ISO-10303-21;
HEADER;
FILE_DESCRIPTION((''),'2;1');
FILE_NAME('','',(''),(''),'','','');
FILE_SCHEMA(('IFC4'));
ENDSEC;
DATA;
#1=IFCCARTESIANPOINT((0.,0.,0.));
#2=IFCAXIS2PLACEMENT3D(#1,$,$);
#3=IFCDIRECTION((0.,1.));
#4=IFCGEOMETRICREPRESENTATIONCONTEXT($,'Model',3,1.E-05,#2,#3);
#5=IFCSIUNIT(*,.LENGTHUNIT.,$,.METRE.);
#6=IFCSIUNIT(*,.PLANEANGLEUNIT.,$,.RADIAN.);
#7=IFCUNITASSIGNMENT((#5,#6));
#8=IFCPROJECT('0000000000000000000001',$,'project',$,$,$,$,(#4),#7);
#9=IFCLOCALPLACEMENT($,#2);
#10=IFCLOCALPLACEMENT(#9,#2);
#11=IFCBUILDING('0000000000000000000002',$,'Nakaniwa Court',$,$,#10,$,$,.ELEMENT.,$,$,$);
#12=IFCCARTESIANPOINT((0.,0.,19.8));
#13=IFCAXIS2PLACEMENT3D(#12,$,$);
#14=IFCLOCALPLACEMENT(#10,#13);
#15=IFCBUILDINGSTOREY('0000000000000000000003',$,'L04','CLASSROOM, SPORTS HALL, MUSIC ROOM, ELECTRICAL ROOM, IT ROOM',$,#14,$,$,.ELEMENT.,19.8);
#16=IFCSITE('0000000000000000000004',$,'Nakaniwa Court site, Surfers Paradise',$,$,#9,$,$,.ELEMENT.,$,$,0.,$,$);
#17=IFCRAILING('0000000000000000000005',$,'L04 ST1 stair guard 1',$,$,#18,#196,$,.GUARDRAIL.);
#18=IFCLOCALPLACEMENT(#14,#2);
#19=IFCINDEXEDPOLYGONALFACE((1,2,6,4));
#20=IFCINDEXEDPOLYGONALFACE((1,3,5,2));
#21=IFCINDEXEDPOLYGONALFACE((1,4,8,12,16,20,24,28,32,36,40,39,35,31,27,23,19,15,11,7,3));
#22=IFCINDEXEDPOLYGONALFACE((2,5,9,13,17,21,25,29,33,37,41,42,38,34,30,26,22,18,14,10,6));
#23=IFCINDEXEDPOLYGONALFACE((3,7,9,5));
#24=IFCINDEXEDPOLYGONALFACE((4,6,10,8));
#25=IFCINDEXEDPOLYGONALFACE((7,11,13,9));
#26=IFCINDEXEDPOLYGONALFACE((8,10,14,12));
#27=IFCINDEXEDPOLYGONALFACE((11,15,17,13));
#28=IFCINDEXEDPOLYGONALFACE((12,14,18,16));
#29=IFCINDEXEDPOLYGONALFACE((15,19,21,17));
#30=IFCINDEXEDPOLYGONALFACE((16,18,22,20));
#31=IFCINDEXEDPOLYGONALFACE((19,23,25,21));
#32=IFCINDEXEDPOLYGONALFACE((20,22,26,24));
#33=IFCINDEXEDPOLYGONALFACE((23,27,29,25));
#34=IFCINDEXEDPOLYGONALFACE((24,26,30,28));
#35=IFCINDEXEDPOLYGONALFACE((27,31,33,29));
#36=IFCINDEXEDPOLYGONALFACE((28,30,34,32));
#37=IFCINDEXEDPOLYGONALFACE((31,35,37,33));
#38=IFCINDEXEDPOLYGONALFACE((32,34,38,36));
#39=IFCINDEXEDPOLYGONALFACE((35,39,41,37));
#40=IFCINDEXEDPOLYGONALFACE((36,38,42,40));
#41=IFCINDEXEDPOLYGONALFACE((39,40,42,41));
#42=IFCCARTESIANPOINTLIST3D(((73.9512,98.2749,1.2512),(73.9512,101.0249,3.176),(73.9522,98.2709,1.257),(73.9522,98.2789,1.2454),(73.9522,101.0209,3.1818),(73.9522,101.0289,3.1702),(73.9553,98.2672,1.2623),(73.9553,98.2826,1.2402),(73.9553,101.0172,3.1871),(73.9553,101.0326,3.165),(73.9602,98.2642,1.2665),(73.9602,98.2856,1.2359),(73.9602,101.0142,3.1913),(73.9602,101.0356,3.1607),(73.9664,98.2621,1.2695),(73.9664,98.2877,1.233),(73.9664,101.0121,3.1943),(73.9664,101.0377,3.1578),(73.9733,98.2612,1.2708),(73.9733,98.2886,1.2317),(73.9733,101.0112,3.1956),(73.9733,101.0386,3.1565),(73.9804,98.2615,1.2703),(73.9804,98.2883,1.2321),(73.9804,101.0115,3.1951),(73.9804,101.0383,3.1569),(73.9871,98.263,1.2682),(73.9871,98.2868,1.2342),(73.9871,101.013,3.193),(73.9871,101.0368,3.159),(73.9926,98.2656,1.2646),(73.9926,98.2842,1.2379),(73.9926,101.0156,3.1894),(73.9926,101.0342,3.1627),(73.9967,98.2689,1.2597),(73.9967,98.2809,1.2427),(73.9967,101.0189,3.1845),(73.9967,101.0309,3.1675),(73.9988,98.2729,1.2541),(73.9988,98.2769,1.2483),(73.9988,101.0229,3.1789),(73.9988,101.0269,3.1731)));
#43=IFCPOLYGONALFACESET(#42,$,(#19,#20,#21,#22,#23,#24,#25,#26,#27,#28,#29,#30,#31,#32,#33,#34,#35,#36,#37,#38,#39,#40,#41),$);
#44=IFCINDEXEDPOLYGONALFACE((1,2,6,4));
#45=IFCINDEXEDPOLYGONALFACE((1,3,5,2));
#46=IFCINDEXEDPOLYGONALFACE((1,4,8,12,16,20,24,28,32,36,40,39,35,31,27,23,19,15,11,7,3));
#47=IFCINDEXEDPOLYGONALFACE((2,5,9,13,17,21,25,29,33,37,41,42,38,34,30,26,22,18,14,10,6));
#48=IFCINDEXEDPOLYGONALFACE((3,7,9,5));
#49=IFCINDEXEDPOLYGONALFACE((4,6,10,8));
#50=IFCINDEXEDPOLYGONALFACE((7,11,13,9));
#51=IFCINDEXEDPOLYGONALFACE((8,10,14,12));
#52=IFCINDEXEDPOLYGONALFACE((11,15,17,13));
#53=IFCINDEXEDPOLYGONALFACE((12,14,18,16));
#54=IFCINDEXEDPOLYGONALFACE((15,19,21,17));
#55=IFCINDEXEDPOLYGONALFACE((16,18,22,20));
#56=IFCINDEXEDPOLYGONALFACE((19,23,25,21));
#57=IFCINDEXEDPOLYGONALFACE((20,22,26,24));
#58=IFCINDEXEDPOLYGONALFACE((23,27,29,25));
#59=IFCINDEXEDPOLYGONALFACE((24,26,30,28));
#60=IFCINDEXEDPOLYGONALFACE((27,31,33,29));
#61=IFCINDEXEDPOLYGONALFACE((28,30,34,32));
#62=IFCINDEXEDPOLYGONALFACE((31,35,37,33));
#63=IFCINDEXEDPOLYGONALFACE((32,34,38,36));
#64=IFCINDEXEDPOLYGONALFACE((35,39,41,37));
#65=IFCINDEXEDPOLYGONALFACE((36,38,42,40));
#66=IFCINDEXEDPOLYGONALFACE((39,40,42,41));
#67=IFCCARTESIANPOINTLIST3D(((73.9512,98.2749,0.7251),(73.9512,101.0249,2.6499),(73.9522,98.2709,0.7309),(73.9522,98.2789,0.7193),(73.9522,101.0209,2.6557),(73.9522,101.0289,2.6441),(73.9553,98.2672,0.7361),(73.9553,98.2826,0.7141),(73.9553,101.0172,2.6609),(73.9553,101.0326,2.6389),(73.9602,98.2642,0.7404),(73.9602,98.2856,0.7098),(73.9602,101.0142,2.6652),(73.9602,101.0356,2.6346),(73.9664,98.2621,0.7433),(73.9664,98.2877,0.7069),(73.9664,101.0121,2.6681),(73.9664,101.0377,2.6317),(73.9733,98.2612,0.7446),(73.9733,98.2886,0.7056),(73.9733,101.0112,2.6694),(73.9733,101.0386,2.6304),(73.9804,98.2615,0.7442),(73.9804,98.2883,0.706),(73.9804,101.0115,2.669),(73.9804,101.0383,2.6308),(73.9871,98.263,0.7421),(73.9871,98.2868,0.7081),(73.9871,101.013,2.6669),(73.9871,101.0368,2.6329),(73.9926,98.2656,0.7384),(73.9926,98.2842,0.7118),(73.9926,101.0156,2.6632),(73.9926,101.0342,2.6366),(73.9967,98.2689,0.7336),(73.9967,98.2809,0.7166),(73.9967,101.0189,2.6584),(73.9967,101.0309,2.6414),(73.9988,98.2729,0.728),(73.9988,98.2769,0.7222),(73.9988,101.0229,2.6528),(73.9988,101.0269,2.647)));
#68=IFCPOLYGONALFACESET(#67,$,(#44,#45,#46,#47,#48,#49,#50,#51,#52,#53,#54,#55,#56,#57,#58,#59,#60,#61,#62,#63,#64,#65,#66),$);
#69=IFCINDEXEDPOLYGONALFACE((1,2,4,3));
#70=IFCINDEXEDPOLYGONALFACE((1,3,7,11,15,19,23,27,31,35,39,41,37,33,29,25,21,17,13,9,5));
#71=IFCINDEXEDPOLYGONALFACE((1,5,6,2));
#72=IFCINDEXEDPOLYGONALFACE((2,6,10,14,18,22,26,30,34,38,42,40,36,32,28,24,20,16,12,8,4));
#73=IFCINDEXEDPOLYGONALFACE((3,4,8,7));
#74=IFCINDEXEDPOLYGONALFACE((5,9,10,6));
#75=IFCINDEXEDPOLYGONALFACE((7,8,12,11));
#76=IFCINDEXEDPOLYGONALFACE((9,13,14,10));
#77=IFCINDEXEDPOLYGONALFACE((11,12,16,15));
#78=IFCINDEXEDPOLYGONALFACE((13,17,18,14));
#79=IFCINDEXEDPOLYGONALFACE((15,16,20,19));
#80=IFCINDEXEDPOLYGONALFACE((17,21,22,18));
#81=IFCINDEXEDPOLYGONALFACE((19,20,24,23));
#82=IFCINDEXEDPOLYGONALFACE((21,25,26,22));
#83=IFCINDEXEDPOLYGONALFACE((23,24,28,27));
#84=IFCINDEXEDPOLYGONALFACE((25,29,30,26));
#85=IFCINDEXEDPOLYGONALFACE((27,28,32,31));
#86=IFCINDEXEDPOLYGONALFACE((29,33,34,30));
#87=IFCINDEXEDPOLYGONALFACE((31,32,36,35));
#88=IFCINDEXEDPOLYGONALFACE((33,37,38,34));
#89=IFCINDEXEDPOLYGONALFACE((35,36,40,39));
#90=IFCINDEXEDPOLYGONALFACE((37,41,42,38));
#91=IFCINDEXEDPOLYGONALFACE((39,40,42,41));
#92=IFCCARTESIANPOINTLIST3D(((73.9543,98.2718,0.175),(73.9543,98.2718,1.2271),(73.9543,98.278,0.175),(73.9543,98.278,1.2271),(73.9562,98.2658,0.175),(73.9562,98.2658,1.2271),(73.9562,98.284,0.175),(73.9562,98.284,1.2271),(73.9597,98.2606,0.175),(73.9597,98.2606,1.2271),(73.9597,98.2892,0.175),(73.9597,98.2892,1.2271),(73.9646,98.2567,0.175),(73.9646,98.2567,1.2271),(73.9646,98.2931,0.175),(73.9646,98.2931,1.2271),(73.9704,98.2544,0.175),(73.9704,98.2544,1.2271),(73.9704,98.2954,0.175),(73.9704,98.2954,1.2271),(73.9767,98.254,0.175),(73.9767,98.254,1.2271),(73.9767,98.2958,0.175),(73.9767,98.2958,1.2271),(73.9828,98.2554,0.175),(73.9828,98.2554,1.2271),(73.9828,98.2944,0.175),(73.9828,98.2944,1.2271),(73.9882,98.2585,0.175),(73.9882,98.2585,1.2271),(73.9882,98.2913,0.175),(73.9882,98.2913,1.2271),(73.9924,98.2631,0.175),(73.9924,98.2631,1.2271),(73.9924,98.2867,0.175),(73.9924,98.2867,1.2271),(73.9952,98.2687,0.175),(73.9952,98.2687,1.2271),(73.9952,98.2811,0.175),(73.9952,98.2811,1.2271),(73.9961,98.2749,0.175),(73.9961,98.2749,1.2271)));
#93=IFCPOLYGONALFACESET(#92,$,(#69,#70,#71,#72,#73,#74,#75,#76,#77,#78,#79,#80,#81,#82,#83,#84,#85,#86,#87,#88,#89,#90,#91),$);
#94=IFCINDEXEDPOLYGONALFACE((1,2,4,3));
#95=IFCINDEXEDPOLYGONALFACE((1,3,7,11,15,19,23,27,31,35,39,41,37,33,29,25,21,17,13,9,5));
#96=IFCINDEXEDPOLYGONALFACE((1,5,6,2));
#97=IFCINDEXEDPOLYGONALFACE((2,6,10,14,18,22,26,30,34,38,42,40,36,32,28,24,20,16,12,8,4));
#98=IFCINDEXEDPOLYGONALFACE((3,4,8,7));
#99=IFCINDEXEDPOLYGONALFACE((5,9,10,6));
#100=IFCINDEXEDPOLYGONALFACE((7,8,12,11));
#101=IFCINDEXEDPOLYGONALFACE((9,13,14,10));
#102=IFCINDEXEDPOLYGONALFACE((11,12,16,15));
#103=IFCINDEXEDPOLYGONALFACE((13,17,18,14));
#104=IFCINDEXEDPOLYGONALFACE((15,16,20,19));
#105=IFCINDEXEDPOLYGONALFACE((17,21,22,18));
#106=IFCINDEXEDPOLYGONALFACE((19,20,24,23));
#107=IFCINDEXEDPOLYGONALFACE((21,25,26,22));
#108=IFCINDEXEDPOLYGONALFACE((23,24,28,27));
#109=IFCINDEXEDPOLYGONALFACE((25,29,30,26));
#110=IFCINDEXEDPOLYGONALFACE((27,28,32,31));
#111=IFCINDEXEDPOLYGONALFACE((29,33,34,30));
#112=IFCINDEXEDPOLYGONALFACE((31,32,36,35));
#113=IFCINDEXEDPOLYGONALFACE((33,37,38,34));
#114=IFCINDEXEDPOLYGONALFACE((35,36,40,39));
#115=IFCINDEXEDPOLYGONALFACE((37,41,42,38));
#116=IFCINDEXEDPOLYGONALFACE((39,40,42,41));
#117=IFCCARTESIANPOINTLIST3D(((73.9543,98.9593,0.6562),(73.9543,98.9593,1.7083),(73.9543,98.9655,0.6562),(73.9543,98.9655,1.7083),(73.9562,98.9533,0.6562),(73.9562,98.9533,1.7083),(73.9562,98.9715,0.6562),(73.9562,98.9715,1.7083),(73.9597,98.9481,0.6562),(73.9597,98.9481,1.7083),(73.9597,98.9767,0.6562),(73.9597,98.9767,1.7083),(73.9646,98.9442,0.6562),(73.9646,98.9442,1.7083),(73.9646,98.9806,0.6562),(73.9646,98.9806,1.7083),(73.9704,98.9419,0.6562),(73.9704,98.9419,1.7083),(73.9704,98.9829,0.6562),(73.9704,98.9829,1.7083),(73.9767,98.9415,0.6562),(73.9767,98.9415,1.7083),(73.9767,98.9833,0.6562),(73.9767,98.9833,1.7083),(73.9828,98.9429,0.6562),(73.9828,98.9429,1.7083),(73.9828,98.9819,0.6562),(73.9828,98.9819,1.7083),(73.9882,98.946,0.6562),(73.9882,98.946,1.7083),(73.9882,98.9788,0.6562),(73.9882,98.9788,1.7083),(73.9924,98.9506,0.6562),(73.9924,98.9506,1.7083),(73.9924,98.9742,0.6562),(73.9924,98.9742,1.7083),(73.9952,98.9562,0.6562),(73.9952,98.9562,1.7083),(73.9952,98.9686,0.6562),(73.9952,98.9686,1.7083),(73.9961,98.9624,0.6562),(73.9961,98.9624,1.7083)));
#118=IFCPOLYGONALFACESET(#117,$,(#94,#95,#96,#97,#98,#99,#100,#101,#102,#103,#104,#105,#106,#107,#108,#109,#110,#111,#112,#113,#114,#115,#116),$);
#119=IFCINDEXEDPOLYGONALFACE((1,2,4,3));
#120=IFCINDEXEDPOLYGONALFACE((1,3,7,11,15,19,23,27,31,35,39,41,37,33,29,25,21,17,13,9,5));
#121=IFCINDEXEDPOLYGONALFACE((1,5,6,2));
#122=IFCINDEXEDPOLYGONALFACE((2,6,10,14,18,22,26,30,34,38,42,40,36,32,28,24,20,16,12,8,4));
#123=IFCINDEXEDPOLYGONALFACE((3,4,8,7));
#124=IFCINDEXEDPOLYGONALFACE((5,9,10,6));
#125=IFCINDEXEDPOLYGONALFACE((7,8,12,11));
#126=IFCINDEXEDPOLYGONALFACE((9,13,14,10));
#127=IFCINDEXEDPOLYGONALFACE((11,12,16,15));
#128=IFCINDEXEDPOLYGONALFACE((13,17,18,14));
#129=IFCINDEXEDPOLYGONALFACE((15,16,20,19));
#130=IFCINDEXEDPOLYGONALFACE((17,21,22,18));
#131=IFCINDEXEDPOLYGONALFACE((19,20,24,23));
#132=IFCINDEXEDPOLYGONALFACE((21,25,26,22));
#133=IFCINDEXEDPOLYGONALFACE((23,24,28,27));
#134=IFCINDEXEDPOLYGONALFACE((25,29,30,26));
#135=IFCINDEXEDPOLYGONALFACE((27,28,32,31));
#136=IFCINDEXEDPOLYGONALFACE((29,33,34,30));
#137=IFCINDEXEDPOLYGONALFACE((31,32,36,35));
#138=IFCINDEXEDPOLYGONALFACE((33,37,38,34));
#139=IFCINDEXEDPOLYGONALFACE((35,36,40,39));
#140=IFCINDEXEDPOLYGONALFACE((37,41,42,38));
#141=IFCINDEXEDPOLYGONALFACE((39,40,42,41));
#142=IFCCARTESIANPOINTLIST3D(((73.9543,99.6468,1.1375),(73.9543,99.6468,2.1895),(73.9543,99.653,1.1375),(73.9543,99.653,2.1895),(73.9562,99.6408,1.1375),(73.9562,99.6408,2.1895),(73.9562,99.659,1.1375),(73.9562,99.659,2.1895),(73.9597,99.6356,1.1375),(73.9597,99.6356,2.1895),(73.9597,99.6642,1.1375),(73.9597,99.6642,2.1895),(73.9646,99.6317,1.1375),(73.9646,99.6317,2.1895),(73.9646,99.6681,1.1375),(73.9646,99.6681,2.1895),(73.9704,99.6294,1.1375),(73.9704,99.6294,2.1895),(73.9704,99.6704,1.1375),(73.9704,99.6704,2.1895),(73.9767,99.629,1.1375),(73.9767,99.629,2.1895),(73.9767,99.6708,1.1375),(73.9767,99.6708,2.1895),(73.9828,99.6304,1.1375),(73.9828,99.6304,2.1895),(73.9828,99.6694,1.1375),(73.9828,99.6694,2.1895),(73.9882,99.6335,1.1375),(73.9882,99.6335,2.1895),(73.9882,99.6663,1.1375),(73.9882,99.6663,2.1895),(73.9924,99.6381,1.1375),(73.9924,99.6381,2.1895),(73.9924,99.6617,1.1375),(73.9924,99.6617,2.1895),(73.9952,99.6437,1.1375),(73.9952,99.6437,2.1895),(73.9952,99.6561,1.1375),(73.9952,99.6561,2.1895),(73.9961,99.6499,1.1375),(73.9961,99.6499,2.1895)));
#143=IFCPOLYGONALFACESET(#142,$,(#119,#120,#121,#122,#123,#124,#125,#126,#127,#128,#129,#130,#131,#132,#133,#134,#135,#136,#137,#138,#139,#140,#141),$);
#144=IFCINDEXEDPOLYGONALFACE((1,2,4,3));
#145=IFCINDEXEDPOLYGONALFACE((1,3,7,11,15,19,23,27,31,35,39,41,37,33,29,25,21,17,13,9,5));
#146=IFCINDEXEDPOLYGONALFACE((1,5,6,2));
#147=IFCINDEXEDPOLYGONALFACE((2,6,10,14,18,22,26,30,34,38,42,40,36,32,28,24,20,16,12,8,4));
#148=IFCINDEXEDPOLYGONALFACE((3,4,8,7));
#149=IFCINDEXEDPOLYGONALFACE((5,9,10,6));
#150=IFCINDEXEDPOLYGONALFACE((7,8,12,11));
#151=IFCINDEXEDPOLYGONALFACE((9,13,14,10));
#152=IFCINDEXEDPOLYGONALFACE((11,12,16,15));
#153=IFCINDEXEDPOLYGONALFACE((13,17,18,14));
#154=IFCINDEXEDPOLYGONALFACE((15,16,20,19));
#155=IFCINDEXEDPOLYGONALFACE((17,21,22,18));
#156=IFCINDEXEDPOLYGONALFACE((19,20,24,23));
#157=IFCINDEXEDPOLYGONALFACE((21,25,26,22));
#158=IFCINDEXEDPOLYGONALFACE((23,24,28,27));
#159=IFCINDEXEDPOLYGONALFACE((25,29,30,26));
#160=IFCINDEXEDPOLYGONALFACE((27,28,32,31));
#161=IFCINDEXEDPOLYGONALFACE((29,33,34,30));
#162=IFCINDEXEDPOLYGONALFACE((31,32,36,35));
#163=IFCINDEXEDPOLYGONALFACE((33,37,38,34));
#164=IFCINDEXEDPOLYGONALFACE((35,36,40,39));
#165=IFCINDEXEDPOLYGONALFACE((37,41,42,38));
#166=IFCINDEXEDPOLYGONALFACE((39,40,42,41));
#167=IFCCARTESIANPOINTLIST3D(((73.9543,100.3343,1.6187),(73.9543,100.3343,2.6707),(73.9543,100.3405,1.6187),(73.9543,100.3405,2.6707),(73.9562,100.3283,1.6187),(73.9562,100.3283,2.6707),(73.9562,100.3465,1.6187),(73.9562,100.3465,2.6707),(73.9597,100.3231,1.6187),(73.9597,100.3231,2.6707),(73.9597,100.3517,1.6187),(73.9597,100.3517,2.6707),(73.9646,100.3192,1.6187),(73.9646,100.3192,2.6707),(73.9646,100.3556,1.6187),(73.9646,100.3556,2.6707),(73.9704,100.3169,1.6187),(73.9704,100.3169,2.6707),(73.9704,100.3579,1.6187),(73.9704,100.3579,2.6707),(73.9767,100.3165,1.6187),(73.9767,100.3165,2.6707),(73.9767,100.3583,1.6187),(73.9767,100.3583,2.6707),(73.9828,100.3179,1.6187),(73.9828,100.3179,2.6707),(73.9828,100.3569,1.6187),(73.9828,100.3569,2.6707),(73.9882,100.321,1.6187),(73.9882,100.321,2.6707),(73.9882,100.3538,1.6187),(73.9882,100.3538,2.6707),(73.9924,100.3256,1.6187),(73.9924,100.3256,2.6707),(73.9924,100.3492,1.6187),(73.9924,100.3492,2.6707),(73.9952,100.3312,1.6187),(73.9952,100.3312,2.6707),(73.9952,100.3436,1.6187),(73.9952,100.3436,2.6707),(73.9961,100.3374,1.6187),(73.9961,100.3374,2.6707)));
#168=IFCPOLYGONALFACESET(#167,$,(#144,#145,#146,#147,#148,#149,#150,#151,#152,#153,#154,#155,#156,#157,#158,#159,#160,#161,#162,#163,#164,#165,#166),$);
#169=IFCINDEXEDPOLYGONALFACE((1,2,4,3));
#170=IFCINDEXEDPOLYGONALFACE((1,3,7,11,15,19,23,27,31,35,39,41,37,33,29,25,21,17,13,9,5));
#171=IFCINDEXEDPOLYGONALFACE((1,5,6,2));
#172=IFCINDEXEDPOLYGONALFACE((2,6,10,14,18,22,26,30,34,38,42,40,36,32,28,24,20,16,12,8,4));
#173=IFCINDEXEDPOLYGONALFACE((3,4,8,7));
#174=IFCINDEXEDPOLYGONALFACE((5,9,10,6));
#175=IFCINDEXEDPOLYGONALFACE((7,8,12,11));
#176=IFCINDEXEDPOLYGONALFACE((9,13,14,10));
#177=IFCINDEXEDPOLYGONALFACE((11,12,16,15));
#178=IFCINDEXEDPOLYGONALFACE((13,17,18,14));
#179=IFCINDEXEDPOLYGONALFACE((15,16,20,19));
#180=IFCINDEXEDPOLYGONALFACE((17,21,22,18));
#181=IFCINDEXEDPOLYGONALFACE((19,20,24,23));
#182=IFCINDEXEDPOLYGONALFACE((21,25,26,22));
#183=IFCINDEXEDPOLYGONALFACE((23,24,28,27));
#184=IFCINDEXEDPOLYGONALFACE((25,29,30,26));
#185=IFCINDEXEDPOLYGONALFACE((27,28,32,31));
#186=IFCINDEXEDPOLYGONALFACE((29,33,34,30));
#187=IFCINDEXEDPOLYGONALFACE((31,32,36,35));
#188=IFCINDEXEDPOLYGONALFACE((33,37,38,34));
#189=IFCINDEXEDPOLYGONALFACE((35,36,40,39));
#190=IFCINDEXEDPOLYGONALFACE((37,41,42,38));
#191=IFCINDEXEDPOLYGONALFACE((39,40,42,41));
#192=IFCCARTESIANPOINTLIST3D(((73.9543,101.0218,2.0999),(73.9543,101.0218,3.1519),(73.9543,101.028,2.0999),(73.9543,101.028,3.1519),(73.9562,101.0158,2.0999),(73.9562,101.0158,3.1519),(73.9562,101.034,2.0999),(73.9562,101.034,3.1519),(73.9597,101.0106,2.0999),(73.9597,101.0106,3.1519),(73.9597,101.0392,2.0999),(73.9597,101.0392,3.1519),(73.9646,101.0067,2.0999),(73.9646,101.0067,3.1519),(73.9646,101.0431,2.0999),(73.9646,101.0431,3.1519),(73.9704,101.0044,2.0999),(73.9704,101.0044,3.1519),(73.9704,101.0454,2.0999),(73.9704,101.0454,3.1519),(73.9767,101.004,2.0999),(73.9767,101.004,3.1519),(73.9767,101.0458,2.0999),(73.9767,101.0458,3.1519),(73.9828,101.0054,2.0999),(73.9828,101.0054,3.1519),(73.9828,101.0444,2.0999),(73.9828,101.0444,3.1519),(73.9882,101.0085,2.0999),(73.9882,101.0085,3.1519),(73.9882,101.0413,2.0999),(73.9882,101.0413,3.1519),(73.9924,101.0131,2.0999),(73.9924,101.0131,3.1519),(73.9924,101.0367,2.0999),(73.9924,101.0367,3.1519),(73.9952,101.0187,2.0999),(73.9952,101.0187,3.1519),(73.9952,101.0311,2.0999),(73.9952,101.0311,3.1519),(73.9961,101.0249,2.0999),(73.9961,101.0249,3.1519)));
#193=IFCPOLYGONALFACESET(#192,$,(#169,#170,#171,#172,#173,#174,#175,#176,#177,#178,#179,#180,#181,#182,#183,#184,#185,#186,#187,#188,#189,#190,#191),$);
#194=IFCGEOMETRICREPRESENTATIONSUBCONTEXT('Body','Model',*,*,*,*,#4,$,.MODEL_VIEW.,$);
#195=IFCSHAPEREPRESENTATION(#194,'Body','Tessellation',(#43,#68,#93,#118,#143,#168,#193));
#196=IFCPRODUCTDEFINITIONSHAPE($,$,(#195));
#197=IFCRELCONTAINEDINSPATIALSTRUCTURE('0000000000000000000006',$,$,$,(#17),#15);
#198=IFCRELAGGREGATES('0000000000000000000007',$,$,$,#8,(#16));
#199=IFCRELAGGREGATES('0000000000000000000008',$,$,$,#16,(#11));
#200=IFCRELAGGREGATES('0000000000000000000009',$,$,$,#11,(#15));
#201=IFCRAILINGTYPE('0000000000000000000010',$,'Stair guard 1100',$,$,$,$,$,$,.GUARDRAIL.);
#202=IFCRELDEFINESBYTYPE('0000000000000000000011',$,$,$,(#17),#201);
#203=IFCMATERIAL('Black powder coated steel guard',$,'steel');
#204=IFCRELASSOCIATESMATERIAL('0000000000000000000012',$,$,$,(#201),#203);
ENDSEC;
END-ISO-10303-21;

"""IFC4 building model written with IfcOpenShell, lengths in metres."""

from ifc_helpers import new_model, si_unit, direction, frame, origin, origin_2d, place, context, subcontext, project, spatial, circle, extrude, material, type_object, element, save


model = new_model("IFC4")

# Units and contexts
model_context = context("Model", 3, precision=1e-05, world=origin(), true_north=direction((0.0, 1.0)))
body_context = subcontext(model_context, "Body", "Model", "MODEL_VIEW")
ifc_project = project(units=[si_unit("LENGTHUNIT", "METRE"), si_unit("PLANEANGLEUNIT", "RADIAN")], contexts=[model_context])

# Site, building, storey
site_placement = place(None, origin())
site = spatial("IfcSite", under=ifc_project, at=site_placement, Name="Nakaniwa Court site, Surfers Paradise", CompositionType="ELEMENT", RefElevation=0.0)
building_placement = place(site_placement, origin())
building = spatial("IfcBuilding", under=site, at=building_placement, Name="Nakaniwa Court", CompositionType="ELEMENT")
storey_placement = place(building_placement, frame((0.0, 0.0, 19.8)))
storey = spatial("IfcBuildingStorey", under=building, at=storey_placement, Name="L04", Description="CLASSROOM, SPORTS HALL, MUSIC ROOM, ELECTRICAL ROOM, IT ROOM", CompositionType="ELEMENT", Elevation=19.8)

# Railing
ifc_material_1 = material(Name="Black powder coated steel guard", Category="steel")
railing_type_1 = type_object("IfcRailingType", Name="Stair guard 1100", PredefinedType="GUARDRAIL", material=ifc_material_1)
railing_1_placement = place(storey_placement, frame((73.9751, 98.2749, 0.175)))
element("IfcRailing", 1, at=railing_1_placement, inside=storey, type_object=railing_type_1, Name="L04 ST1 stair guard 1", PredefinedType="GUARDRAIL", context=body_context, shape_type="SweptSolid", body=[
    extrude(circle(Radius=0.0239, at=origin_2d()), frame((0.0, 0.0, 1.0762), z_axis=(0.0, 0.819259, 0.573423), x_axis=(-1.0, 0.0, 0.0)), (0.0, 0.0, 1.0), 3.3567),
    extrude(circle(Radius=0.0239, at=origin_2d()), frame((0.0, 0.0, 0.55), z_axis=(0.0, 0.819259, 0.573423), x_axis=(-1.0, 0.0, 0.0)), (0.0, 0.0, 1.0), 3.3567),
    extrude(circle(Radius=0.021, at=origin_2d()), origin(), (0.0, 0.0, 1.0), 1.052),
    extrude(circle(Radius=0.021, at=origin_2d()), frame((0.0, 0.6875, 0.4812)), (0.0, 0.0, 1.0), 1.052),
    extrude(circle(Radius=0.021, at=origin_2d()), frame((0.0, 1.375, 0.9624)), (0.0, 0.0, 1.0), 1.052),
    extrude(circle(Radius=0.021, at=origin_2d()), frame((0.0, 2.0625, 1.4436)), (0.0, 0.0, 1.0), 1.052),
    extrude(circle(Radius=0.021, at=origin_2d()), frame((0.0, 2.75, 1.9248)), (0.0, 0.0, 1.0), 1.052),
])

save(model, "model.ifc")
